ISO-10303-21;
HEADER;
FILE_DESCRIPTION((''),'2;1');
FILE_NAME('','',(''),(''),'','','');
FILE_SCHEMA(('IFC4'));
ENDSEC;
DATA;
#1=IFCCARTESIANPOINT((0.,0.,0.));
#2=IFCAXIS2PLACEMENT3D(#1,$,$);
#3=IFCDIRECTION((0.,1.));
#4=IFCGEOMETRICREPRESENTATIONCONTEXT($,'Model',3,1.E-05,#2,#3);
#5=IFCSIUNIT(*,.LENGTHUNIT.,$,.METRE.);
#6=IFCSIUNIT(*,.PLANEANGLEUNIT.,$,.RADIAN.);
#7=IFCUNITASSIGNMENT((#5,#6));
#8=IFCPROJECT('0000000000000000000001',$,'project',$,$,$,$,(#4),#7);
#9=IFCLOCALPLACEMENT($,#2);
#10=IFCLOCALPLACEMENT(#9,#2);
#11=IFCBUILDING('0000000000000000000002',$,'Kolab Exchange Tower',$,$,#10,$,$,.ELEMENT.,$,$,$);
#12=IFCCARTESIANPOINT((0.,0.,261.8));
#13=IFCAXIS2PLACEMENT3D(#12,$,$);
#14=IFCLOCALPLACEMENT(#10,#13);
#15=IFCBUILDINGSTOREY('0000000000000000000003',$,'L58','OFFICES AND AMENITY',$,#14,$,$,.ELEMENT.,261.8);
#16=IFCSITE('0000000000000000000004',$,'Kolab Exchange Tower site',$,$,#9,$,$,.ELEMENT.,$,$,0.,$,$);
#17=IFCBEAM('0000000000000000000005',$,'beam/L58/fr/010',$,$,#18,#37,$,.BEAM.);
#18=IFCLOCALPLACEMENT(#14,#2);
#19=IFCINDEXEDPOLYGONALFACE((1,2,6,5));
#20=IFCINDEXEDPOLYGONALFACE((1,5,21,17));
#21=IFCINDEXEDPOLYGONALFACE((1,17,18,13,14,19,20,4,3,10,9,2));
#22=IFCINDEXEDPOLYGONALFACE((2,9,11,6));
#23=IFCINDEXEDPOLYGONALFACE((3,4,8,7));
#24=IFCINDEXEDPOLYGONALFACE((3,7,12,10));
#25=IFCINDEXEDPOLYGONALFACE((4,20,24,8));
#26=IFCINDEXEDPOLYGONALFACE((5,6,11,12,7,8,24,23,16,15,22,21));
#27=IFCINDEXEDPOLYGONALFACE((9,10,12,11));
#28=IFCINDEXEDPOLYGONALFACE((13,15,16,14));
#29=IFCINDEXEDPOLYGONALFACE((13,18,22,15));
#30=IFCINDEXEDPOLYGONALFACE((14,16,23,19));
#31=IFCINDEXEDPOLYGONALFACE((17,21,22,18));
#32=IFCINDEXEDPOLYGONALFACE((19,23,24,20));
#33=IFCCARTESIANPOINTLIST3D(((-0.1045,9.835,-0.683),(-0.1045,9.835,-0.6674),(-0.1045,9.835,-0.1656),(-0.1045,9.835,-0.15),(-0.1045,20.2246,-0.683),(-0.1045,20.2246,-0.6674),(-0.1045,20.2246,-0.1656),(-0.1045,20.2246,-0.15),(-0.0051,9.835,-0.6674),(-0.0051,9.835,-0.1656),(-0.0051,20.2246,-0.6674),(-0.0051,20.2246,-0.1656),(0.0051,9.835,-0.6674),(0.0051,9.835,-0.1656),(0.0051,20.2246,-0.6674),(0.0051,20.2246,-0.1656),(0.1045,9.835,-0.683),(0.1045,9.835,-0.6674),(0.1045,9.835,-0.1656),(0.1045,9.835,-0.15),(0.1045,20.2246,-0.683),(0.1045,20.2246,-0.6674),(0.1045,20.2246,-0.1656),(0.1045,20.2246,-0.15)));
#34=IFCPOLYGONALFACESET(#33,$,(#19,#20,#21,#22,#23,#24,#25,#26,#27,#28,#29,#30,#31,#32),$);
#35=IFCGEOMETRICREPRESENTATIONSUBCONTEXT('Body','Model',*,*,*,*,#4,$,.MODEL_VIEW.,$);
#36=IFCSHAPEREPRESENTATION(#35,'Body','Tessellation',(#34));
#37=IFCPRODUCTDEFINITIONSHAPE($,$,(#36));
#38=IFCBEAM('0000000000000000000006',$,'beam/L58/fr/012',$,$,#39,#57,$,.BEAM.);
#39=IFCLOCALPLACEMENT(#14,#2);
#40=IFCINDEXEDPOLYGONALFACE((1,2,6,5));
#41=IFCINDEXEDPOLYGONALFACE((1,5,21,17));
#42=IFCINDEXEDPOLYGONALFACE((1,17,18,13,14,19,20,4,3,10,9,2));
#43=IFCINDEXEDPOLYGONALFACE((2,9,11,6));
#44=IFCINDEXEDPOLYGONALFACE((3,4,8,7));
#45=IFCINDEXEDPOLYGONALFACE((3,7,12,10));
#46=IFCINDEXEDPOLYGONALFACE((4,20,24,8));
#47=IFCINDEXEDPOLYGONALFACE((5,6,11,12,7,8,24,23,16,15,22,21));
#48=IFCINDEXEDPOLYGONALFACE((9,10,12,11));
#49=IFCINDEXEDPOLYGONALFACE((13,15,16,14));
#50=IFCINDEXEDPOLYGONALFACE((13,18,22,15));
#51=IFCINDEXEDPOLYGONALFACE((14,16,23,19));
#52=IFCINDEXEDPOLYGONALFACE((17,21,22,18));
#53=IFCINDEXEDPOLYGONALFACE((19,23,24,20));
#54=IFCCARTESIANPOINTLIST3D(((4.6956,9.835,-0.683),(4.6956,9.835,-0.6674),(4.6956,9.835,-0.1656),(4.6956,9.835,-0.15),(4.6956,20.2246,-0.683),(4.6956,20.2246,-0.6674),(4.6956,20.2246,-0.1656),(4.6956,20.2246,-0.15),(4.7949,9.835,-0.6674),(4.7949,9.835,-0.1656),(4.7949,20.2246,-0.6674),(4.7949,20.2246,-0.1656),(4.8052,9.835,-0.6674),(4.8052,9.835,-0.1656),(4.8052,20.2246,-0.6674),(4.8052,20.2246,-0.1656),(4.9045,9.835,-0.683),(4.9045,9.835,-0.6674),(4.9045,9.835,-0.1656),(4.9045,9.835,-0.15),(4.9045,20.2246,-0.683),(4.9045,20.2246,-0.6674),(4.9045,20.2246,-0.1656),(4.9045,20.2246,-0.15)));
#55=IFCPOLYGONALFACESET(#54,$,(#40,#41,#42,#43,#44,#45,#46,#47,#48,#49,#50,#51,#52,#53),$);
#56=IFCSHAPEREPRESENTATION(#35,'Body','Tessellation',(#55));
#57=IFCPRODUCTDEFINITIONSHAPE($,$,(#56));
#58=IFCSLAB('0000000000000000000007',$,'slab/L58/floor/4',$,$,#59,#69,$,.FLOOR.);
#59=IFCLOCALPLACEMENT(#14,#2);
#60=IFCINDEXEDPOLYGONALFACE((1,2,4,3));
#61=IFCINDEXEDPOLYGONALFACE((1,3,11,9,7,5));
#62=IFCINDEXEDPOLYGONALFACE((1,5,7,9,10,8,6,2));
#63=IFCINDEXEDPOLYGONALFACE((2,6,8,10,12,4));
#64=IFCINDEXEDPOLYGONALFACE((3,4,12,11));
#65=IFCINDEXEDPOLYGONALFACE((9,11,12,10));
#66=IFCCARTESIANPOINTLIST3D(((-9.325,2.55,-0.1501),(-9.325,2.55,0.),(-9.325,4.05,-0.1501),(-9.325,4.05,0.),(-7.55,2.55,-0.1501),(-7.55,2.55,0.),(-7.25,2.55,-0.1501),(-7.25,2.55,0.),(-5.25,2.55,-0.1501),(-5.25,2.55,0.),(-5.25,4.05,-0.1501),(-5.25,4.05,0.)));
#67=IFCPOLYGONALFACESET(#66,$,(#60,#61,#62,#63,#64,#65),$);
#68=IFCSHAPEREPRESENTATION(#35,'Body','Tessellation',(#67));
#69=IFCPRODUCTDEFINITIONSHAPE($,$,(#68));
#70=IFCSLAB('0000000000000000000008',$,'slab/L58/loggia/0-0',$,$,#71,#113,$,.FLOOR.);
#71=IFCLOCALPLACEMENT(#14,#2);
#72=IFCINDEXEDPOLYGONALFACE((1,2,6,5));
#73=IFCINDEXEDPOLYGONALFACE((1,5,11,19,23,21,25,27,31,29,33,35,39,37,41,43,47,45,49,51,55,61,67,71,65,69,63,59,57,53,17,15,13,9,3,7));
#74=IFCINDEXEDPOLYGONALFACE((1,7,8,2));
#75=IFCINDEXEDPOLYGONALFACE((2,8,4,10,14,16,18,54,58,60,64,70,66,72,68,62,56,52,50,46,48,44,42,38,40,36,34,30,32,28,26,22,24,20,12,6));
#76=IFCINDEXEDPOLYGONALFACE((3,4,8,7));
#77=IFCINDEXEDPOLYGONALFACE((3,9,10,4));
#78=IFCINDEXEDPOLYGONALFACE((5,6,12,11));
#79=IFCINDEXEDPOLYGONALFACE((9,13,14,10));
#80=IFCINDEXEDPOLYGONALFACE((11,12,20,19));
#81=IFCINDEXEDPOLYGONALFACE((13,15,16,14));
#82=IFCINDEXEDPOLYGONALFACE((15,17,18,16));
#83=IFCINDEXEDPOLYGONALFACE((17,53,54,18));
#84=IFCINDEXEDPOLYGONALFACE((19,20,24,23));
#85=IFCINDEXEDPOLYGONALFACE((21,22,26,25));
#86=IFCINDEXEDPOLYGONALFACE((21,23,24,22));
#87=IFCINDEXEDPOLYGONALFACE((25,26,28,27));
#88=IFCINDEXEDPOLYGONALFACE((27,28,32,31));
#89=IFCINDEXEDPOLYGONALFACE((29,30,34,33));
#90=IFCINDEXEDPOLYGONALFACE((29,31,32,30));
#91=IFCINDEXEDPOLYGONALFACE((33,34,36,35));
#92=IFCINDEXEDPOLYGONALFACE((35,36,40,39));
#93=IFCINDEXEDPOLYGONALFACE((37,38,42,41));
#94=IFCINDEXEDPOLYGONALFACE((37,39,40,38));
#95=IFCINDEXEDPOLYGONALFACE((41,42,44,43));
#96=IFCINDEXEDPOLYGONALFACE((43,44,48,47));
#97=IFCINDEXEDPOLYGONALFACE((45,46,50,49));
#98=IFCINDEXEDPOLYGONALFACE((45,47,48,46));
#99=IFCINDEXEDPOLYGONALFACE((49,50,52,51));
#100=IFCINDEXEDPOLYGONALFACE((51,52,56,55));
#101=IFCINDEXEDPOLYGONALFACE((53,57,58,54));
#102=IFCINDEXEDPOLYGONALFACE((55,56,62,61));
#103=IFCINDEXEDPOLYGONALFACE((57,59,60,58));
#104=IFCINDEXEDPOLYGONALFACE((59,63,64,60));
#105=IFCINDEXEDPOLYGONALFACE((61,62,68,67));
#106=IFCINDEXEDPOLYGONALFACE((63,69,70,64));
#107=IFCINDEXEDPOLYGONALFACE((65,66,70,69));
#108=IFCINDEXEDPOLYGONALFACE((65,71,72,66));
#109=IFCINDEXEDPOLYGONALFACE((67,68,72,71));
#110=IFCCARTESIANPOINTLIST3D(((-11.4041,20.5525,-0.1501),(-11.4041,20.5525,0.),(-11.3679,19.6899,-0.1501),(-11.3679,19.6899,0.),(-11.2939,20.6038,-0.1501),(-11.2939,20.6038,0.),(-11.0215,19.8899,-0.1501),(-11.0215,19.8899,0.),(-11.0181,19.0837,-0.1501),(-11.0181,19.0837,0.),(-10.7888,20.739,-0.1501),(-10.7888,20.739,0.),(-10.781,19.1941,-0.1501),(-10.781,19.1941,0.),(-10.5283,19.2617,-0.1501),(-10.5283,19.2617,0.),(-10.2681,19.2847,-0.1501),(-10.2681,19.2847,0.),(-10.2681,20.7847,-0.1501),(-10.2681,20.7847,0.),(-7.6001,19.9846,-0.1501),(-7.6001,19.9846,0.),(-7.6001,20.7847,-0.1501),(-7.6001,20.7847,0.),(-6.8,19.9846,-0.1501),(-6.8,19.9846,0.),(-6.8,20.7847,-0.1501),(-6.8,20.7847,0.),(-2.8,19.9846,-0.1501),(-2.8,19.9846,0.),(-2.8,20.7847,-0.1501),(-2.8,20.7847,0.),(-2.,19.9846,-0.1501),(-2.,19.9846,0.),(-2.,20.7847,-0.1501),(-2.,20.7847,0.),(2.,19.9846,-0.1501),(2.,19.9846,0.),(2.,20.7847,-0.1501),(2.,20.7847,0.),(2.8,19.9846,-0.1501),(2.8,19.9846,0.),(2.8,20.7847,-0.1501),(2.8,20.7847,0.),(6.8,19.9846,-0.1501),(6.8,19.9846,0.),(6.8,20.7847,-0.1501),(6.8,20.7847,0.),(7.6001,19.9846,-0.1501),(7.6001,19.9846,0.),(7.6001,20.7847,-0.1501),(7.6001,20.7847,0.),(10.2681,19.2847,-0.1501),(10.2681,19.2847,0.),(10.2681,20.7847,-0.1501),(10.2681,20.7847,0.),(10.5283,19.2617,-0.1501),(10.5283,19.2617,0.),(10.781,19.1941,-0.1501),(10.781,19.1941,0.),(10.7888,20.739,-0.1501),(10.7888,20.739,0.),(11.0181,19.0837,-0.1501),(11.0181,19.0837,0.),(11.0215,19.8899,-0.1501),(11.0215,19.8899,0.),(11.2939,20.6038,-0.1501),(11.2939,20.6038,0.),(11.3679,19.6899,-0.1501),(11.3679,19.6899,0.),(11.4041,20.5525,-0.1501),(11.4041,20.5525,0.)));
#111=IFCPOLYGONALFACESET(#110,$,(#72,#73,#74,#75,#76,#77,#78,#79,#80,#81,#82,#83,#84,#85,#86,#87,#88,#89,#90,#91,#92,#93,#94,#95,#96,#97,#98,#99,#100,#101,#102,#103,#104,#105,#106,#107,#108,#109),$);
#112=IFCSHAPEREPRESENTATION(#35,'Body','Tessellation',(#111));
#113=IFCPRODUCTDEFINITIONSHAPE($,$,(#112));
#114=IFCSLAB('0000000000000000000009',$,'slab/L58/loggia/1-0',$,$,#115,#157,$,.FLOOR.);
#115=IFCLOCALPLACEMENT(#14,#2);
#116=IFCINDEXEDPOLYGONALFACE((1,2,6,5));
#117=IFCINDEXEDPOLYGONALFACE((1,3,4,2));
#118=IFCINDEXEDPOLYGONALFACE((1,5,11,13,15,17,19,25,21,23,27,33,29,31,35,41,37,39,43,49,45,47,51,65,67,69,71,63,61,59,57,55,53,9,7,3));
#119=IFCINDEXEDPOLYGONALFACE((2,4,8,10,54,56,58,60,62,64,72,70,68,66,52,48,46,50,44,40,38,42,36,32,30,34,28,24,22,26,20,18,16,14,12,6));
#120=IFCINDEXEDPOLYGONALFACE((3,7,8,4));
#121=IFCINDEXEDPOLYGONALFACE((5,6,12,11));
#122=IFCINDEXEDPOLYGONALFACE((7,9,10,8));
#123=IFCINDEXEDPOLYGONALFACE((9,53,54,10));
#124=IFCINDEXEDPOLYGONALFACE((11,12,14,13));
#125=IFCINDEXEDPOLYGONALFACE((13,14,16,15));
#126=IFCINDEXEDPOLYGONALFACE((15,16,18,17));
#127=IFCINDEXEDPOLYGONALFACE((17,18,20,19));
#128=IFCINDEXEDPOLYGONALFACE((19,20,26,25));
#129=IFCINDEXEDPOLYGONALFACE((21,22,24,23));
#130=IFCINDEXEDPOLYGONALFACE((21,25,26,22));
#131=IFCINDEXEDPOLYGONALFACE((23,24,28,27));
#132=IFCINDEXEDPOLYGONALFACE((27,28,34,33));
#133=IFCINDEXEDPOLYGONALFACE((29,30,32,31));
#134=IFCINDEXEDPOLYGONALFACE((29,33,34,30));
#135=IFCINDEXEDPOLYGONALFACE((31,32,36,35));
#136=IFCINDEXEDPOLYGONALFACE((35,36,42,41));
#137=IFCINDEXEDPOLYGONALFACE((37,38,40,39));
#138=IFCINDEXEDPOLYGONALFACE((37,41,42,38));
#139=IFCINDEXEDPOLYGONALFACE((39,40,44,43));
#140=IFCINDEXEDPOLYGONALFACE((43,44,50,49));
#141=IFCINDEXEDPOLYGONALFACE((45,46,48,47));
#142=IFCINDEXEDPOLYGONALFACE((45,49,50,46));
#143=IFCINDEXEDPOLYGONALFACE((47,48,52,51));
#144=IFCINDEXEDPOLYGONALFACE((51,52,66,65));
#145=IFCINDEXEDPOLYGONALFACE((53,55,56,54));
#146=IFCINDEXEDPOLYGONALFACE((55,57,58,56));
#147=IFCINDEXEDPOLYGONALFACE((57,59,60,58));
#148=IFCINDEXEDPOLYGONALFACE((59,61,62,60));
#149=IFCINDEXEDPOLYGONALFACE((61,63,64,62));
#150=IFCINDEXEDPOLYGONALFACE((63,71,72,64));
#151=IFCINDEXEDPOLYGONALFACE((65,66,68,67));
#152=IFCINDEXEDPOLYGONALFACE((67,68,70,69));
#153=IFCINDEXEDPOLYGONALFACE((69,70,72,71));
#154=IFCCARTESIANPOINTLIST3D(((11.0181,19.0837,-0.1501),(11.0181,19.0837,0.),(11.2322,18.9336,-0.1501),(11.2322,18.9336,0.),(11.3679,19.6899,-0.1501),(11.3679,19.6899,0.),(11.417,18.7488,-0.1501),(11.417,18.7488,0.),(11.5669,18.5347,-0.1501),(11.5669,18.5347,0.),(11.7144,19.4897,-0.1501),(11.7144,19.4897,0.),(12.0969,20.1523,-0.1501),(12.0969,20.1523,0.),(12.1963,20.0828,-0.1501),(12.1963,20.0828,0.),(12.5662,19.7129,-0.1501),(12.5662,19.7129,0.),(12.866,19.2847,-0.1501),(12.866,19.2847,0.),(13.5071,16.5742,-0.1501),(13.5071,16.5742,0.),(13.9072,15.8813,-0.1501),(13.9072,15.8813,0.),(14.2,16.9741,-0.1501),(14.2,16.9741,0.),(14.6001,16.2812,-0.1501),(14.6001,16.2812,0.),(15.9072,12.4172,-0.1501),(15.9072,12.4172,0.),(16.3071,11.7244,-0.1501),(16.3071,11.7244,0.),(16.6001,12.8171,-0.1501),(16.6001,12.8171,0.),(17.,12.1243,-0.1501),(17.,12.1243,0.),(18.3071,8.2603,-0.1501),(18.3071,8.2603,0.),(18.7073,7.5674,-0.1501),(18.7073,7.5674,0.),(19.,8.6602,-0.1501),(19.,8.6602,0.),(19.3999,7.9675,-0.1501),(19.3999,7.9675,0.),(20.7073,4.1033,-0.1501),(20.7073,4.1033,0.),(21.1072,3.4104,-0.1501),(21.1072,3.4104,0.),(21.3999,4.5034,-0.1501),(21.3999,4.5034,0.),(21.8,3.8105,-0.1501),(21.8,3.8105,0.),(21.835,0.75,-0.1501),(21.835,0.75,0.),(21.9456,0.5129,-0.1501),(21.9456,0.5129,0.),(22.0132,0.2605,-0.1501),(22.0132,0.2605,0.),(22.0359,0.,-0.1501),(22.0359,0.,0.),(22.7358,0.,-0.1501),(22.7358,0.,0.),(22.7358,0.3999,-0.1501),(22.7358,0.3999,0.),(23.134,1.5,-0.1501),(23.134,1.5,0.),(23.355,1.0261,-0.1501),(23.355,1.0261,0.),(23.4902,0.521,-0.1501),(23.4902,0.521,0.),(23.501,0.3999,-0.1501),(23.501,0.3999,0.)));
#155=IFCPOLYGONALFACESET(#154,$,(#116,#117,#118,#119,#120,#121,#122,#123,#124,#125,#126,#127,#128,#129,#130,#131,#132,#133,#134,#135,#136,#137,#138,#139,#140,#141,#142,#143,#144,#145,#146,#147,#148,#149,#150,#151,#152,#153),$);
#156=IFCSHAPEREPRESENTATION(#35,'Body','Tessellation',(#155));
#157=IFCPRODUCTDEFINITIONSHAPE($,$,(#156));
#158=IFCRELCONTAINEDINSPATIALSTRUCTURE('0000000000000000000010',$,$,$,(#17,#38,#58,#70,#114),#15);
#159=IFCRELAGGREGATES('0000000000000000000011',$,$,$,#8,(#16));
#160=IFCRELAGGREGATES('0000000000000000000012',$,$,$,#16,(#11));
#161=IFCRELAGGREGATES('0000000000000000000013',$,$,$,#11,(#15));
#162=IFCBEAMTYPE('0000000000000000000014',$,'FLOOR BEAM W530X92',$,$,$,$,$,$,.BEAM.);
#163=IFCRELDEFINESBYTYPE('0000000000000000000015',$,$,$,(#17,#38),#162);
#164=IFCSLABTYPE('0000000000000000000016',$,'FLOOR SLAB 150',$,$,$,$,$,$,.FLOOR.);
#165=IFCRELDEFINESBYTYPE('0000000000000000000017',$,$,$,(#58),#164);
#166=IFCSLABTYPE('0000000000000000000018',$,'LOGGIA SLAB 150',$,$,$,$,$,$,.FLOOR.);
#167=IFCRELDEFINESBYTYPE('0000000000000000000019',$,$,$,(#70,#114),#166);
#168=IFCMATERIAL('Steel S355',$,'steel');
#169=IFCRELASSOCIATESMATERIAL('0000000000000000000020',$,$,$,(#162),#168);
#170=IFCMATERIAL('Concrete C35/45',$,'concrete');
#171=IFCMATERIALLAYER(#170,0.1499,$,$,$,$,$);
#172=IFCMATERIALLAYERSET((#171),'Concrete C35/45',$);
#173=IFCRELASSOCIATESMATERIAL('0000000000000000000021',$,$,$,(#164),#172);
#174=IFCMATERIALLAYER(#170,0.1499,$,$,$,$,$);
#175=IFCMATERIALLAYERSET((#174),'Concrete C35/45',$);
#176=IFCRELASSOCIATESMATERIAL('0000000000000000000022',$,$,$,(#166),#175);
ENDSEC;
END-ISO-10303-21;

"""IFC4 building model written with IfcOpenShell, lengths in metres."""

from ifc_helpers import new_model, si_unit, direction, frame, origin, origin_2d, place, context, subcontext, project, spatial, polyline, i_section, outline, extrude, material, layer, layer_set, material_profile, profile_set, type_object, element, save


model = new_model("IFC4")

# Units and contexts
model_context = context("Model", 3, precision=1e-05, world=origin(), true_north=direction((0.0, 1.0)))
body_context = subcontext(model_context, "Body", "Model", "MODEL_VIEW")
ifc_project = project(units=[si_unit("LENGTHUNIT", "METRE"), si_unit("PLANEANGLEUNIT", "RADIAN")], contexts=[model_context])

# Site, building, storey
site_placement = place(None, origin())
site = spatial("IfcSite", under=ifc_project, at=site_placement, Name="Kolab Exchange Tower site", CompositionType="ELEMENT", RefElevation=0.0)
building_placement = place(site_placement, origin())
building = spatial("IfcBuilding", under=site, at=building_placement, Name="Kolab Exchange Tower", CompositionType="ELEMENT")
storey_placement = place(building_placement, frame((0.0, 0.0, 261.8)))
storey = spatial("IfcBuildingStorey", under=building, at=storey_placement, Name="L58", Description="OFFICES AND AMENITY", CompositionType="ELEMENT", Elevation=261.8)

# Beams
ifc_material_1 = material(Name="Steel S355", Category="steel")
ifc_material_profile = material_profile(ifc_material_1, i_section(OverallWidth=0.209, OverallDepth=0.533, WebThickness=0.0103, FlangeThickness=0.0156, at=origin_2d()), Name="W530X92")
ifc_profile_set = profile_set([ifc_material_profile], Name="Steel S355")
beam_type = type_object("IfcBeamType", Name="FLOOR BEAM W530X92", PredefinedType="BEAM", material=ifc_profile_set)
for number, where, z_axis, x_axis, name in (
    (1, (0.0, 9.835, -0.4165), (0.0, 1.0, 0.0), (-1.0, 0.0, 0.0), "beam/L58/fr/010"),
    (2, (4.8, 9.835, -0.4165), (0.0, 1.0, 0.0), (-1.0, 0.0, 0.0), "beam/L58/fr/012"),
):
    element("IfcBeam", number, at=place(storey_placement, frame(where, z_axis=z_axis, x_axis=x_axis)), inside=storey, type_object=beam_type, Name=name, PredefinedType="BEAM", context=body_context, shape_type="SweptSolid", body=[
        extrude(i_section(OverallWidth=0.209, OverallDepth=0.533, WebThickness=0.0103, FlangeThickness=0.0156, at=origin_2d()), origin(), (0.0, 0.0, 1.0), 10.3896),
    ])

# Slabs
ifc_material_2 = material(Name="Concrete C35/45", Category="concrete")
ifc_layer_1 = layer(ifc_material_2, 0.1499)
ifc_layer_set_1 = layer_set([ifc_layer_1], Name="Concrete C35/45")
slab_type_1 = type_object("IfcSlabType", Name="FLOOR SLAB 150", PredefinedType="FLOOR", material=ifc_layer_set_1)
slab_1_placement = place(storey_placement, frame((0.0, 0.0, -0.1501)))
element("IfcSlab", 3, at=slab_1_placement, inside=storey, type_object=slab_type_1, Name="slab/L58/floor/4", PredefinedType="FLOOR", context=body_context, shape_type="SweptSolid", body=[
    extrude(outline(polyline([(-9.325, 4.05), (-9.325, 2.55), (-7.55, 2.55), (-7.25, 2.55), (-5.25, 2.55), (-5.25, 4.05), (-9.325, 4.05)])), origin(), (0.0, 0.0, 1.0), 0.1501),
])
ifc_layer_2 = layer(ifc_material_2, 0.1499)
ifc_layer_set_2 = layer_set([ifc_layer_2], Name="Concrete C35/45")
slab_type_2 = type_object("IfcSlabType", Name="LOGGIA SLAB 150", PredefinedType="FLOOR", material=ifc_layer_set_2)
slab_2_placement = place(storey_placement, frame((0.0, 0.0, -0.1501)))
element("IfcSlab", 4, at=slab_2_placement, inside=storey, type_object=slab_type_2, Name="slab/L58/loggia/0-0", PredefinedType="FLOOR", context=body_context, shape_type="SweptSolid", body=[
    extrude(outline(polyline([(11.0181, 19.0837), (11.3679, 19.6899), (11.0215, 19.8899), (11.4041, 20.5525), (11.2939, 20.6038), (10.7888, 20.739), (10.2681, 20.7847), (7.6001, 20.7847), (7.6001, 19.9846), (6.8, 19.9846), (6.8, 20.7847), (2.8, 20.7847), (2.8, 19.9846), (2.0, 19.9846), (2.0, 20.7847), (-2.0, 20.7847), (-2.0, 19.9846), (-2.8, 19.9846), (-2.8, 20.7847), (-6.8, 20.7847), (-6.8, 19.9846), (-7.6001, 19.9846), (-7.6001, 20.7847), (-10.2681, 20.7847), (-10.7888, 20.739), (-11.2939, 20.6038), (-11.4041, 20.5525), (-11.0215, 19.8899), (-11.3679, 19.6899), (-11.0181, 19.0837), (-10.781, 19.1941), (-10.5283, 19.2617), (-10.2681, 19.2847), (10.2681, 19.2847), (10.5283, 19.2617), (10.781, 19.1941), (11.0181, 19.0837)])), origin(), (0.0, 0.0, 1.0), 0.1501),
])
slab_3_placement = place(storey_placement, frame((0.0, 0.0, -0.1501)))
element("IfcSlab", 5, at=slab_3_placement, inside=storey, type_object=slab_type_2, Name="slab/L58/loggia/1-0", PredefinedType="FLOOR", context=body_context, shape_type="SweptSolid", body=[
    extrude(outline(polyline([(22.0359, 0.0), (22.7358, 0.0), (22.7358, 0.3999), (23.501, 0.3999), (23.4902, 0.521), (23.355, 1.0261), (23.134, 1.5), (21.8, 3.8105), (21.1072, 3.4104), (20.7073, 4.1033), (21.3999, 4.5034), (19.3999, 7.9675), (18.7073, 7.5674), (18.3071, 8.2603), (19.0, 8.6602), (17.0, 12.1243), (16.3071, 11.7244), (15.9072, 12.4172), (16.6001, 12.8171), (14.6001, 16.2812), (13.9072, 15.8813), (13.5071, 16.5742), (14.2, 16.9741), (12.866, 19.2847), (12.5662, 19.7129), (12.1963, 20.0828), (12.0969, 20.1523), (11.7144, 19.4897), (11.3679, 19.6899), (11.0181, 19.0837), (11.2322, 18.9336), (11.417, 18.7488), (11.5669, 18.5347), (21.835, 0.75), (21.9456, 0.5129), (22.0132, 0.2605), (22.0359, 0.0)])), origin(), (0.0, 0.0, 1.0), 0.1501),
])

save(model, "model.ifc")
